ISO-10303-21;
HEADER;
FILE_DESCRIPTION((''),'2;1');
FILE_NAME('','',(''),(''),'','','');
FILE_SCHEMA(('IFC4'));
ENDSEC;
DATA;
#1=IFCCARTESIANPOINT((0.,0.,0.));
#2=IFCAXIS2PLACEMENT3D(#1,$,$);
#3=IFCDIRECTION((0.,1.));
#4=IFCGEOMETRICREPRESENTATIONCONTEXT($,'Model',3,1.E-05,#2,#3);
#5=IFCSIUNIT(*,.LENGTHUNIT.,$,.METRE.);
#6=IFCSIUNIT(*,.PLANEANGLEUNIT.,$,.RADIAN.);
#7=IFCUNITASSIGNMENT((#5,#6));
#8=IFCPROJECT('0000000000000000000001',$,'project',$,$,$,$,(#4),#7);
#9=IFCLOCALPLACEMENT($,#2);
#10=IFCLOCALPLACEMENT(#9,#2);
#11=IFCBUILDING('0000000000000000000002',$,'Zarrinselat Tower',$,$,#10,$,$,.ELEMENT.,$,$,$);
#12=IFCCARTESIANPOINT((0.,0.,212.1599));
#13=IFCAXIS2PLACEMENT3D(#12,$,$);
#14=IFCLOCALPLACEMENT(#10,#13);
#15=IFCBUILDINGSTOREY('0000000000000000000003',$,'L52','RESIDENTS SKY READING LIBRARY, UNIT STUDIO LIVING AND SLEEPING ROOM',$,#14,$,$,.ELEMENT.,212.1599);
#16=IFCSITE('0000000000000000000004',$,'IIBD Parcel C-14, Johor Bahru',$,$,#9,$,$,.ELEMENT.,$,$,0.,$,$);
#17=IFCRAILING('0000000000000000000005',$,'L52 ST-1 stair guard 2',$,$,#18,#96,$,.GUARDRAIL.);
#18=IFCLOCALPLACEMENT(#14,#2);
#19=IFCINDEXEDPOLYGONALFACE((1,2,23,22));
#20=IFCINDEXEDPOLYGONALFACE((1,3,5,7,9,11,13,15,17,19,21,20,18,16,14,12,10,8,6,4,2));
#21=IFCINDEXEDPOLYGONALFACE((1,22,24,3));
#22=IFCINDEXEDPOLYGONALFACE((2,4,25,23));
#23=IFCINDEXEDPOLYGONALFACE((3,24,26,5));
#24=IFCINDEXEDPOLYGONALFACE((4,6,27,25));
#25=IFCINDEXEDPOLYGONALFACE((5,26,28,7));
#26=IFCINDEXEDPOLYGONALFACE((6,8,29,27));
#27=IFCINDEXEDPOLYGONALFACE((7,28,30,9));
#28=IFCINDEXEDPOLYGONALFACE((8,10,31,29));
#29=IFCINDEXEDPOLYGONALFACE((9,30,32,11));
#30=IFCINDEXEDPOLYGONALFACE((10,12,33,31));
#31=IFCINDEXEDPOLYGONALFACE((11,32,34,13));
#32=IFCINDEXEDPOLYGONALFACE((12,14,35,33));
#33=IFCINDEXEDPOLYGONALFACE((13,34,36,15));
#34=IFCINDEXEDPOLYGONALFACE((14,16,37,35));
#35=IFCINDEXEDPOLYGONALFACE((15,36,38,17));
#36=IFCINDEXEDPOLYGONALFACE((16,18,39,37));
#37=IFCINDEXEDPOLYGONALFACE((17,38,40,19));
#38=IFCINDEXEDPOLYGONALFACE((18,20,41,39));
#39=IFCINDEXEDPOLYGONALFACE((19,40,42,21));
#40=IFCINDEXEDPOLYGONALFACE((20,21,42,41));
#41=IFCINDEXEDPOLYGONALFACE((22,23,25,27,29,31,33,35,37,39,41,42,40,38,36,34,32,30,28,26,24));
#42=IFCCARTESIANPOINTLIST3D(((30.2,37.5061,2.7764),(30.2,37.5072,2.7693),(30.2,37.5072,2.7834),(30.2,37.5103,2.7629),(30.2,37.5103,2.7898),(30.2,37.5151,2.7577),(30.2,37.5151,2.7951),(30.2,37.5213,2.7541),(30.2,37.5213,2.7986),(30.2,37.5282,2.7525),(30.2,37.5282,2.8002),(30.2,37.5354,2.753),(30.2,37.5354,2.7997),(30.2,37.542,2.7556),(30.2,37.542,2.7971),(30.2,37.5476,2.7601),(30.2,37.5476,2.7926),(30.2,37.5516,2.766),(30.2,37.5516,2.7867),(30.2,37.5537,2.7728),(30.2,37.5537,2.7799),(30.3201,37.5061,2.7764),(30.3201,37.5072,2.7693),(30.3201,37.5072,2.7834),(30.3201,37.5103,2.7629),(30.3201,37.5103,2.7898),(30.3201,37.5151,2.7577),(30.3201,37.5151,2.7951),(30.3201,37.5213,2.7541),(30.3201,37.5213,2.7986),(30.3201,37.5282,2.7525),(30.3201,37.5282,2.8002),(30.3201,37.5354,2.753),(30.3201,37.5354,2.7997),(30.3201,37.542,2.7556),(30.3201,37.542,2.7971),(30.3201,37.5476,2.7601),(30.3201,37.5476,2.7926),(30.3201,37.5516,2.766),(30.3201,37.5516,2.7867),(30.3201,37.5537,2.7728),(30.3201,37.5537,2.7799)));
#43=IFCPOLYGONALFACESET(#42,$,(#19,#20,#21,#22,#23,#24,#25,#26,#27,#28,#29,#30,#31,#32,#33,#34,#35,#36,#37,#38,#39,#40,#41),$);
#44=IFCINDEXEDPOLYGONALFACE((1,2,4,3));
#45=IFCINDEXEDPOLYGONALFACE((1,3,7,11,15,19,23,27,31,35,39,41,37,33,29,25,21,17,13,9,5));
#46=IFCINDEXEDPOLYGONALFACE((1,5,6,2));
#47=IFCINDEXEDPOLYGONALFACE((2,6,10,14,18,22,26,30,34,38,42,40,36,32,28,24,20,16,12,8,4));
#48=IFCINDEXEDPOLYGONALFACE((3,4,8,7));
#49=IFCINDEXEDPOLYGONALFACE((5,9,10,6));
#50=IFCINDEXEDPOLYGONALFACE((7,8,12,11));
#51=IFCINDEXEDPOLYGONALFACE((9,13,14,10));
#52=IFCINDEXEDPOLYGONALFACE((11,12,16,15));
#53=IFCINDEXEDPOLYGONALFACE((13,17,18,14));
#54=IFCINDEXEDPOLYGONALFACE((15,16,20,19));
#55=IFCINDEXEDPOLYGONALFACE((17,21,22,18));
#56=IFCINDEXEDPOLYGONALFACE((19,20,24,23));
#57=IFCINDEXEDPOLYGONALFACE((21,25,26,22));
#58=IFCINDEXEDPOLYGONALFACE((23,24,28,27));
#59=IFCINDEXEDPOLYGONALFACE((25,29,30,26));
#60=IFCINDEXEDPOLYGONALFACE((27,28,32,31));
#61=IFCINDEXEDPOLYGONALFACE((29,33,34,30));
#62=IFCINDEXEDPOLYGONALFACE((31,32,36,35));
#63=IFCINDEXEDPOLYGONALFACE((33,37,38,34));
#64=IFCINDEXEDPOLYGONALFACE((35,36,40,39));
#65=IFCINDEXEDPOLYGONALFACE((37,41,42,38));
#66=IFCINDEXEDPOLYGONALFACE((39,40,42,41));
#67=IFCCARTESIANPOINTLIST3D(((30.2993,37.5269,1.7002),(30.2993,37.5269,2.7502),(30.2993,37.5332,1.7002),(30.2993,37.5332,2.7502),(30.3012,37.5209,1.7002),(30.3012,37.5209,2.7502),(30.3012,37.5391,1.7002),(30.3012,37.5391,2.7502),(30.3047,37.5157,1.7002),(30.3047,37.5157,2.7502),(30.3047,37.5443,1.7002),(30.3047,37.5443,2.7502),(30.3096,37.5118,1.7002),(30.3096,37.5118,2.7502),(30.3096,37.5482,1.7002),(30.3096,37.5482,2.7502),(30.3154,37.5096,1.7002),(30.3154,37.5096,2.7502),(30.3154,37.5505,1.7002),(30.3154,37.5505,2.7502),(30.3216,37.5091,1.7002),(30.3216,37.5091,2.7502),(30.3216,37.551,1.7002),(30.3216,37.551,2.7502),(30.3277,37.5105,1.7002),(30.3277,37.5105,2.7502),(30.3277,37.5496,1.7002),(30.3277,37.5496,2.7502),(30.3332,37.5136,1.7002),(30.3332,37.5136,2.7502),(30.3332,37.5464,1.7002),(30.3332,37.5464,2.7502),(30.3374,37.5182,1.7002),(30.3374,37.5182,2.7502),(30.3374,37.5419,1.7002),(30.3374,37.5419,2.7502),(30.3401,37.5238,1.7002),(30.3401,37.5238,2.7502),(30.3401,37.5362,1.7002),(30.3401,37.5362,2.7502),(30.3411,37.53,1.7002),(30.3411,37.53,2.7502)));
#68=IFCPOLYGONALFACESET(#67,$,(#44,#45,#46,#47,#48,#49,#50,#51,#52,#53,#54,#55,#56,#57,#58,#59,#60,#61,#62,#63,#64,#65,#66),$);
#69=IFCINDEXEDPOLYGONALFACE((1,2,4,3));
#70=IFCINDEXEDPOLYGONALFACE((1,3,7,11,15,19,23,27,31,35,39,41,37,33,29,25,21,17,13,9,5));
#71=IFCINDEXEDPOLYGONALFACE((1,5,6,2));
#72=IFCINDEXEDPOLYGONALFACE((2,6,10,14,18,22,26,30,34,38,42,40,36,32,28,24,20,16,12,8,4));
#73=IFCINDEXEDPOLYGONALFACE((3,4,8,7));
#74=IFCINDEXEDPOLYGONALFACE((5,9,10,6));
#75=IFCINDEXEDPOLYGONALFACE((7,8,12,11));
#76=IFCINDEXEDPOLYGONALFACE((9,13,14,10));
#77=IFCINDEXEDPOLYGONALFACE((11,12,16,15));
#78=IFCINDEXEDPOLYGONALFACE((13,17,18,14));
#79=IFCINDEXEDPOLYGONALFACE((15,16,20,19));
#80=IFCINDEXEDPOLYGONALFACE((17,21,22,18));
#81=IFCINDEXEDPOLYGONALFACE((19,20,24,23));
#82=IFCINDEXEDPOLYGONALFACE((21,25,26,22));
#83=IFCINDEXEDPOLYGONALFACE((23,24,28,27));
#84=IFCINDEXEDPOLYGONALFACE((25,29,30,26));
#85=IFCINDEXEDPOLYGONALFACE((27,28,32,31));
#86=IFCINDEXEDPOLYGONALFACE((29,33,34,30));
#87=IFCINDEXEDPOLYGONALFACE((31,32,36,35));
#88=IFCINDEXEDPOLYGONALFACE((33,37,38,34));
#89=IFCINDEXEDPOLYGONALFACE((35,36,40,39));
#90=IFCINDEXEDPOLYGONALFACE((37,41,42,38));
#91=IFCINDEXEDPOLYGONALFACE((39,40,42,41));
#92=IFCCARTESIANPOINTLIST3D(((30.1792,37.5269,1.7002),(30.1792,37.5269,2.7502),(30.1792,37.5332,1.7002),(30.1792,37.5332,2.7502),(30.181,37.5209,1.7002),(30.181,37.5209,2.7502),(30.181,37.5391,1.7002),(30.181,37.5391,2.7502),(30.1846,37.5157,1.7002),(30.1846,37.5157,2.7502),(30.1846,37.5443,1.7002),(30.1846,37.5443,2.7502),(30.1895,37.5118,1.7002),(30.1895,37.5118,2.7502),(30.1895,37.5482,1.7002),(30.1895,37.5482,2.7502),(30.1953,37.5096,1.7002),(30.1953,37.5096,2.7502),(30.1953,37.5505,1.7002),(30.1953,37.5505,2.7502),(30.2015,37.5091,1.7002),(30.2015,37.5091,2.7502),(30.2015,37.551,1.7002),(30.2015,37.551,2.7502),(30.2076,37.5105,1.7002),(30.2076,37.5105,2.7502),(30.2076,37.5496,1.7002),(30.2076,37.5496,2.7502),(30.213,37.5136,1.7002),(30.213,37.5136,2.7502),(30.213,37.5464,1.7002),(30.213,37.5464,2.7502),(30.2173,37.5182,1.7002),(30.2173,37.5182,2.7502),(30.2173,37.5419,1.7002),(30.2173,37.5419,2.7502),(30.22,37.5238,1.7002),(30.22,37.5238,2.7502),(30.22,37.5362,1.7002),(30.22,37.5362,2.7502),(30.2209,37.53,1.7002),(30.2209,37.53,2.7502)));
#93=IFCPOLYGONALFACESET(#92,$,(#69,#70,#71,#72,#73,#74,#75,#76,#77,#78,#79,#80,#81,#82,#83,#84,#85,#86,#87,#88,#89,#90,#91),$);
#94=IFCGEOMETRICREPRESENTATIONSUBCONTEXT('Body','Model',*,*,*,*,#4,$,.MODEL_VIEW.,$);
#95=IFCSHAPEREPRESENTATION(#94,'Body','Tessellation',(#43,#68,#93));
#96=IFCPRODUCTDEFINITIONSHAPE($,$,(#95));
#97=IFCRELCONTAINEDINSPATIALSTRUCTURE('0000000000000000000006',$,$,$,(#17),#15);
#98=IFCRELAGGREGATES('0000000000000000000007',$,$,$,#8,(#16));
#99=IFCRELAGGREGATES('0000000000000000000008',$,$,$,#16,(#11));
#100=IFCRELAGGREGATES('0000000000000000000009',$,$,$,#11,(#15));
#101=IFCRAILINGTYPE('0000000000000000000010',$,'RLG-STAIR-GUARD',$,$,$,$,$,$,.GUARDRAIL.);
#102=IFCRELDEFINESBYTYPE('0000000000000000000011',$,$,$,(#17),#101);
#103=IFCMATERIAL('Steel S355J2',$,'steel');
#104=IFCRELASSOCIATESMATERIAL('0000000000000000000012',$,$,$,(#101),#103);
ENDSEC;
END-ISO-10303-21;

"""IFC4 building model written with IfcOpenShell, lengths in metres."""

from ifc_helpers import new_model, si_unit, direction, frame, origin, origin_2d, place, context, subcontext, project, spatial, circle, extrude, material, type_object, element, save


model = new_model("IFC4")

# Units and contexts
model_context = context("Model", 3, precision=1e-05, world=origin(), true_north=direction((0.0, 1.0)))
body_context = subcontext(model_context, "Body", "Model", "MODEL_VIEW")
ifc_project = project(units=[si_unit("LENGTHUNIT", "METRE"), si_unit("PLANEANGLEUNIT", "RADIAN")], contexts=[model_context])

# Site, building, storey
site_placement = place(None, origin())
site = spatial("IfcSite", under=ifc_project, at=site_placement, Name="IIBD Parcel C-14, Johor Bahru", CompositionType="ELEMENT", RefElevation=0.0)
building_placement = place(site_placement, origin())
building = spatial("IfcBuilding", under=site, at=building_placement, Name="Zarrinselat Tower", CompositionType="ELEMENT")
storey_placement = place(building_placement, frame((0.0, 0.0, 212.1599)))
storey = spatial("IfcBuildingStorey", under=building, at=storey_placement, Name="L52", Description="RESIDENTS SKY READING LIBRARY, UNIT STUDIO LIVING AND SLEEPING ROOM", CompositionType="ELEMENT", Elevation=212.1599)

# Railing
ifc_material_1 = material(Name="Steel S355J2", Category="steel")
railing_type_1 = type_object("IfcRailingType", Name="RLG-STAIR-GUARD", PredefinedType="GUARDRAIL", material=ifc_material_1)
railing_1_placement = place(storey_placement, frame((30.3201, 37.53, 1.7002)))
element("IfcRailing", 1, at=railing_1_placement, inside=storey, type_object=railing_type_1, Name="L52 ST-1 stair guard 2", PredefinedType="GUARDRAIL", context=body_context, shape_type="SweptSolid", body=[
    extrude(circle(Radius=0.0239, at=origin_2d()), frame((0.0, 0.0, 1.0762), z_axis=(-1.0, 0.0, 0.0), x_axis=(0.0, -1.0, 0.0)), (0.0, 0.0, 1.0), 0.1201),
    extrude(circle(Radius=0.021, at=origin_2d()), origin(), (0.0, 0.0, 1.0), 1.05),
    extrude(circle(Radius=0.021, at=origin_2d()), frame((-0.1201, 0.0, 0.0)), (0.0, 0.0, 1.0), 1.05),
])

save(model, "model.ifc")
